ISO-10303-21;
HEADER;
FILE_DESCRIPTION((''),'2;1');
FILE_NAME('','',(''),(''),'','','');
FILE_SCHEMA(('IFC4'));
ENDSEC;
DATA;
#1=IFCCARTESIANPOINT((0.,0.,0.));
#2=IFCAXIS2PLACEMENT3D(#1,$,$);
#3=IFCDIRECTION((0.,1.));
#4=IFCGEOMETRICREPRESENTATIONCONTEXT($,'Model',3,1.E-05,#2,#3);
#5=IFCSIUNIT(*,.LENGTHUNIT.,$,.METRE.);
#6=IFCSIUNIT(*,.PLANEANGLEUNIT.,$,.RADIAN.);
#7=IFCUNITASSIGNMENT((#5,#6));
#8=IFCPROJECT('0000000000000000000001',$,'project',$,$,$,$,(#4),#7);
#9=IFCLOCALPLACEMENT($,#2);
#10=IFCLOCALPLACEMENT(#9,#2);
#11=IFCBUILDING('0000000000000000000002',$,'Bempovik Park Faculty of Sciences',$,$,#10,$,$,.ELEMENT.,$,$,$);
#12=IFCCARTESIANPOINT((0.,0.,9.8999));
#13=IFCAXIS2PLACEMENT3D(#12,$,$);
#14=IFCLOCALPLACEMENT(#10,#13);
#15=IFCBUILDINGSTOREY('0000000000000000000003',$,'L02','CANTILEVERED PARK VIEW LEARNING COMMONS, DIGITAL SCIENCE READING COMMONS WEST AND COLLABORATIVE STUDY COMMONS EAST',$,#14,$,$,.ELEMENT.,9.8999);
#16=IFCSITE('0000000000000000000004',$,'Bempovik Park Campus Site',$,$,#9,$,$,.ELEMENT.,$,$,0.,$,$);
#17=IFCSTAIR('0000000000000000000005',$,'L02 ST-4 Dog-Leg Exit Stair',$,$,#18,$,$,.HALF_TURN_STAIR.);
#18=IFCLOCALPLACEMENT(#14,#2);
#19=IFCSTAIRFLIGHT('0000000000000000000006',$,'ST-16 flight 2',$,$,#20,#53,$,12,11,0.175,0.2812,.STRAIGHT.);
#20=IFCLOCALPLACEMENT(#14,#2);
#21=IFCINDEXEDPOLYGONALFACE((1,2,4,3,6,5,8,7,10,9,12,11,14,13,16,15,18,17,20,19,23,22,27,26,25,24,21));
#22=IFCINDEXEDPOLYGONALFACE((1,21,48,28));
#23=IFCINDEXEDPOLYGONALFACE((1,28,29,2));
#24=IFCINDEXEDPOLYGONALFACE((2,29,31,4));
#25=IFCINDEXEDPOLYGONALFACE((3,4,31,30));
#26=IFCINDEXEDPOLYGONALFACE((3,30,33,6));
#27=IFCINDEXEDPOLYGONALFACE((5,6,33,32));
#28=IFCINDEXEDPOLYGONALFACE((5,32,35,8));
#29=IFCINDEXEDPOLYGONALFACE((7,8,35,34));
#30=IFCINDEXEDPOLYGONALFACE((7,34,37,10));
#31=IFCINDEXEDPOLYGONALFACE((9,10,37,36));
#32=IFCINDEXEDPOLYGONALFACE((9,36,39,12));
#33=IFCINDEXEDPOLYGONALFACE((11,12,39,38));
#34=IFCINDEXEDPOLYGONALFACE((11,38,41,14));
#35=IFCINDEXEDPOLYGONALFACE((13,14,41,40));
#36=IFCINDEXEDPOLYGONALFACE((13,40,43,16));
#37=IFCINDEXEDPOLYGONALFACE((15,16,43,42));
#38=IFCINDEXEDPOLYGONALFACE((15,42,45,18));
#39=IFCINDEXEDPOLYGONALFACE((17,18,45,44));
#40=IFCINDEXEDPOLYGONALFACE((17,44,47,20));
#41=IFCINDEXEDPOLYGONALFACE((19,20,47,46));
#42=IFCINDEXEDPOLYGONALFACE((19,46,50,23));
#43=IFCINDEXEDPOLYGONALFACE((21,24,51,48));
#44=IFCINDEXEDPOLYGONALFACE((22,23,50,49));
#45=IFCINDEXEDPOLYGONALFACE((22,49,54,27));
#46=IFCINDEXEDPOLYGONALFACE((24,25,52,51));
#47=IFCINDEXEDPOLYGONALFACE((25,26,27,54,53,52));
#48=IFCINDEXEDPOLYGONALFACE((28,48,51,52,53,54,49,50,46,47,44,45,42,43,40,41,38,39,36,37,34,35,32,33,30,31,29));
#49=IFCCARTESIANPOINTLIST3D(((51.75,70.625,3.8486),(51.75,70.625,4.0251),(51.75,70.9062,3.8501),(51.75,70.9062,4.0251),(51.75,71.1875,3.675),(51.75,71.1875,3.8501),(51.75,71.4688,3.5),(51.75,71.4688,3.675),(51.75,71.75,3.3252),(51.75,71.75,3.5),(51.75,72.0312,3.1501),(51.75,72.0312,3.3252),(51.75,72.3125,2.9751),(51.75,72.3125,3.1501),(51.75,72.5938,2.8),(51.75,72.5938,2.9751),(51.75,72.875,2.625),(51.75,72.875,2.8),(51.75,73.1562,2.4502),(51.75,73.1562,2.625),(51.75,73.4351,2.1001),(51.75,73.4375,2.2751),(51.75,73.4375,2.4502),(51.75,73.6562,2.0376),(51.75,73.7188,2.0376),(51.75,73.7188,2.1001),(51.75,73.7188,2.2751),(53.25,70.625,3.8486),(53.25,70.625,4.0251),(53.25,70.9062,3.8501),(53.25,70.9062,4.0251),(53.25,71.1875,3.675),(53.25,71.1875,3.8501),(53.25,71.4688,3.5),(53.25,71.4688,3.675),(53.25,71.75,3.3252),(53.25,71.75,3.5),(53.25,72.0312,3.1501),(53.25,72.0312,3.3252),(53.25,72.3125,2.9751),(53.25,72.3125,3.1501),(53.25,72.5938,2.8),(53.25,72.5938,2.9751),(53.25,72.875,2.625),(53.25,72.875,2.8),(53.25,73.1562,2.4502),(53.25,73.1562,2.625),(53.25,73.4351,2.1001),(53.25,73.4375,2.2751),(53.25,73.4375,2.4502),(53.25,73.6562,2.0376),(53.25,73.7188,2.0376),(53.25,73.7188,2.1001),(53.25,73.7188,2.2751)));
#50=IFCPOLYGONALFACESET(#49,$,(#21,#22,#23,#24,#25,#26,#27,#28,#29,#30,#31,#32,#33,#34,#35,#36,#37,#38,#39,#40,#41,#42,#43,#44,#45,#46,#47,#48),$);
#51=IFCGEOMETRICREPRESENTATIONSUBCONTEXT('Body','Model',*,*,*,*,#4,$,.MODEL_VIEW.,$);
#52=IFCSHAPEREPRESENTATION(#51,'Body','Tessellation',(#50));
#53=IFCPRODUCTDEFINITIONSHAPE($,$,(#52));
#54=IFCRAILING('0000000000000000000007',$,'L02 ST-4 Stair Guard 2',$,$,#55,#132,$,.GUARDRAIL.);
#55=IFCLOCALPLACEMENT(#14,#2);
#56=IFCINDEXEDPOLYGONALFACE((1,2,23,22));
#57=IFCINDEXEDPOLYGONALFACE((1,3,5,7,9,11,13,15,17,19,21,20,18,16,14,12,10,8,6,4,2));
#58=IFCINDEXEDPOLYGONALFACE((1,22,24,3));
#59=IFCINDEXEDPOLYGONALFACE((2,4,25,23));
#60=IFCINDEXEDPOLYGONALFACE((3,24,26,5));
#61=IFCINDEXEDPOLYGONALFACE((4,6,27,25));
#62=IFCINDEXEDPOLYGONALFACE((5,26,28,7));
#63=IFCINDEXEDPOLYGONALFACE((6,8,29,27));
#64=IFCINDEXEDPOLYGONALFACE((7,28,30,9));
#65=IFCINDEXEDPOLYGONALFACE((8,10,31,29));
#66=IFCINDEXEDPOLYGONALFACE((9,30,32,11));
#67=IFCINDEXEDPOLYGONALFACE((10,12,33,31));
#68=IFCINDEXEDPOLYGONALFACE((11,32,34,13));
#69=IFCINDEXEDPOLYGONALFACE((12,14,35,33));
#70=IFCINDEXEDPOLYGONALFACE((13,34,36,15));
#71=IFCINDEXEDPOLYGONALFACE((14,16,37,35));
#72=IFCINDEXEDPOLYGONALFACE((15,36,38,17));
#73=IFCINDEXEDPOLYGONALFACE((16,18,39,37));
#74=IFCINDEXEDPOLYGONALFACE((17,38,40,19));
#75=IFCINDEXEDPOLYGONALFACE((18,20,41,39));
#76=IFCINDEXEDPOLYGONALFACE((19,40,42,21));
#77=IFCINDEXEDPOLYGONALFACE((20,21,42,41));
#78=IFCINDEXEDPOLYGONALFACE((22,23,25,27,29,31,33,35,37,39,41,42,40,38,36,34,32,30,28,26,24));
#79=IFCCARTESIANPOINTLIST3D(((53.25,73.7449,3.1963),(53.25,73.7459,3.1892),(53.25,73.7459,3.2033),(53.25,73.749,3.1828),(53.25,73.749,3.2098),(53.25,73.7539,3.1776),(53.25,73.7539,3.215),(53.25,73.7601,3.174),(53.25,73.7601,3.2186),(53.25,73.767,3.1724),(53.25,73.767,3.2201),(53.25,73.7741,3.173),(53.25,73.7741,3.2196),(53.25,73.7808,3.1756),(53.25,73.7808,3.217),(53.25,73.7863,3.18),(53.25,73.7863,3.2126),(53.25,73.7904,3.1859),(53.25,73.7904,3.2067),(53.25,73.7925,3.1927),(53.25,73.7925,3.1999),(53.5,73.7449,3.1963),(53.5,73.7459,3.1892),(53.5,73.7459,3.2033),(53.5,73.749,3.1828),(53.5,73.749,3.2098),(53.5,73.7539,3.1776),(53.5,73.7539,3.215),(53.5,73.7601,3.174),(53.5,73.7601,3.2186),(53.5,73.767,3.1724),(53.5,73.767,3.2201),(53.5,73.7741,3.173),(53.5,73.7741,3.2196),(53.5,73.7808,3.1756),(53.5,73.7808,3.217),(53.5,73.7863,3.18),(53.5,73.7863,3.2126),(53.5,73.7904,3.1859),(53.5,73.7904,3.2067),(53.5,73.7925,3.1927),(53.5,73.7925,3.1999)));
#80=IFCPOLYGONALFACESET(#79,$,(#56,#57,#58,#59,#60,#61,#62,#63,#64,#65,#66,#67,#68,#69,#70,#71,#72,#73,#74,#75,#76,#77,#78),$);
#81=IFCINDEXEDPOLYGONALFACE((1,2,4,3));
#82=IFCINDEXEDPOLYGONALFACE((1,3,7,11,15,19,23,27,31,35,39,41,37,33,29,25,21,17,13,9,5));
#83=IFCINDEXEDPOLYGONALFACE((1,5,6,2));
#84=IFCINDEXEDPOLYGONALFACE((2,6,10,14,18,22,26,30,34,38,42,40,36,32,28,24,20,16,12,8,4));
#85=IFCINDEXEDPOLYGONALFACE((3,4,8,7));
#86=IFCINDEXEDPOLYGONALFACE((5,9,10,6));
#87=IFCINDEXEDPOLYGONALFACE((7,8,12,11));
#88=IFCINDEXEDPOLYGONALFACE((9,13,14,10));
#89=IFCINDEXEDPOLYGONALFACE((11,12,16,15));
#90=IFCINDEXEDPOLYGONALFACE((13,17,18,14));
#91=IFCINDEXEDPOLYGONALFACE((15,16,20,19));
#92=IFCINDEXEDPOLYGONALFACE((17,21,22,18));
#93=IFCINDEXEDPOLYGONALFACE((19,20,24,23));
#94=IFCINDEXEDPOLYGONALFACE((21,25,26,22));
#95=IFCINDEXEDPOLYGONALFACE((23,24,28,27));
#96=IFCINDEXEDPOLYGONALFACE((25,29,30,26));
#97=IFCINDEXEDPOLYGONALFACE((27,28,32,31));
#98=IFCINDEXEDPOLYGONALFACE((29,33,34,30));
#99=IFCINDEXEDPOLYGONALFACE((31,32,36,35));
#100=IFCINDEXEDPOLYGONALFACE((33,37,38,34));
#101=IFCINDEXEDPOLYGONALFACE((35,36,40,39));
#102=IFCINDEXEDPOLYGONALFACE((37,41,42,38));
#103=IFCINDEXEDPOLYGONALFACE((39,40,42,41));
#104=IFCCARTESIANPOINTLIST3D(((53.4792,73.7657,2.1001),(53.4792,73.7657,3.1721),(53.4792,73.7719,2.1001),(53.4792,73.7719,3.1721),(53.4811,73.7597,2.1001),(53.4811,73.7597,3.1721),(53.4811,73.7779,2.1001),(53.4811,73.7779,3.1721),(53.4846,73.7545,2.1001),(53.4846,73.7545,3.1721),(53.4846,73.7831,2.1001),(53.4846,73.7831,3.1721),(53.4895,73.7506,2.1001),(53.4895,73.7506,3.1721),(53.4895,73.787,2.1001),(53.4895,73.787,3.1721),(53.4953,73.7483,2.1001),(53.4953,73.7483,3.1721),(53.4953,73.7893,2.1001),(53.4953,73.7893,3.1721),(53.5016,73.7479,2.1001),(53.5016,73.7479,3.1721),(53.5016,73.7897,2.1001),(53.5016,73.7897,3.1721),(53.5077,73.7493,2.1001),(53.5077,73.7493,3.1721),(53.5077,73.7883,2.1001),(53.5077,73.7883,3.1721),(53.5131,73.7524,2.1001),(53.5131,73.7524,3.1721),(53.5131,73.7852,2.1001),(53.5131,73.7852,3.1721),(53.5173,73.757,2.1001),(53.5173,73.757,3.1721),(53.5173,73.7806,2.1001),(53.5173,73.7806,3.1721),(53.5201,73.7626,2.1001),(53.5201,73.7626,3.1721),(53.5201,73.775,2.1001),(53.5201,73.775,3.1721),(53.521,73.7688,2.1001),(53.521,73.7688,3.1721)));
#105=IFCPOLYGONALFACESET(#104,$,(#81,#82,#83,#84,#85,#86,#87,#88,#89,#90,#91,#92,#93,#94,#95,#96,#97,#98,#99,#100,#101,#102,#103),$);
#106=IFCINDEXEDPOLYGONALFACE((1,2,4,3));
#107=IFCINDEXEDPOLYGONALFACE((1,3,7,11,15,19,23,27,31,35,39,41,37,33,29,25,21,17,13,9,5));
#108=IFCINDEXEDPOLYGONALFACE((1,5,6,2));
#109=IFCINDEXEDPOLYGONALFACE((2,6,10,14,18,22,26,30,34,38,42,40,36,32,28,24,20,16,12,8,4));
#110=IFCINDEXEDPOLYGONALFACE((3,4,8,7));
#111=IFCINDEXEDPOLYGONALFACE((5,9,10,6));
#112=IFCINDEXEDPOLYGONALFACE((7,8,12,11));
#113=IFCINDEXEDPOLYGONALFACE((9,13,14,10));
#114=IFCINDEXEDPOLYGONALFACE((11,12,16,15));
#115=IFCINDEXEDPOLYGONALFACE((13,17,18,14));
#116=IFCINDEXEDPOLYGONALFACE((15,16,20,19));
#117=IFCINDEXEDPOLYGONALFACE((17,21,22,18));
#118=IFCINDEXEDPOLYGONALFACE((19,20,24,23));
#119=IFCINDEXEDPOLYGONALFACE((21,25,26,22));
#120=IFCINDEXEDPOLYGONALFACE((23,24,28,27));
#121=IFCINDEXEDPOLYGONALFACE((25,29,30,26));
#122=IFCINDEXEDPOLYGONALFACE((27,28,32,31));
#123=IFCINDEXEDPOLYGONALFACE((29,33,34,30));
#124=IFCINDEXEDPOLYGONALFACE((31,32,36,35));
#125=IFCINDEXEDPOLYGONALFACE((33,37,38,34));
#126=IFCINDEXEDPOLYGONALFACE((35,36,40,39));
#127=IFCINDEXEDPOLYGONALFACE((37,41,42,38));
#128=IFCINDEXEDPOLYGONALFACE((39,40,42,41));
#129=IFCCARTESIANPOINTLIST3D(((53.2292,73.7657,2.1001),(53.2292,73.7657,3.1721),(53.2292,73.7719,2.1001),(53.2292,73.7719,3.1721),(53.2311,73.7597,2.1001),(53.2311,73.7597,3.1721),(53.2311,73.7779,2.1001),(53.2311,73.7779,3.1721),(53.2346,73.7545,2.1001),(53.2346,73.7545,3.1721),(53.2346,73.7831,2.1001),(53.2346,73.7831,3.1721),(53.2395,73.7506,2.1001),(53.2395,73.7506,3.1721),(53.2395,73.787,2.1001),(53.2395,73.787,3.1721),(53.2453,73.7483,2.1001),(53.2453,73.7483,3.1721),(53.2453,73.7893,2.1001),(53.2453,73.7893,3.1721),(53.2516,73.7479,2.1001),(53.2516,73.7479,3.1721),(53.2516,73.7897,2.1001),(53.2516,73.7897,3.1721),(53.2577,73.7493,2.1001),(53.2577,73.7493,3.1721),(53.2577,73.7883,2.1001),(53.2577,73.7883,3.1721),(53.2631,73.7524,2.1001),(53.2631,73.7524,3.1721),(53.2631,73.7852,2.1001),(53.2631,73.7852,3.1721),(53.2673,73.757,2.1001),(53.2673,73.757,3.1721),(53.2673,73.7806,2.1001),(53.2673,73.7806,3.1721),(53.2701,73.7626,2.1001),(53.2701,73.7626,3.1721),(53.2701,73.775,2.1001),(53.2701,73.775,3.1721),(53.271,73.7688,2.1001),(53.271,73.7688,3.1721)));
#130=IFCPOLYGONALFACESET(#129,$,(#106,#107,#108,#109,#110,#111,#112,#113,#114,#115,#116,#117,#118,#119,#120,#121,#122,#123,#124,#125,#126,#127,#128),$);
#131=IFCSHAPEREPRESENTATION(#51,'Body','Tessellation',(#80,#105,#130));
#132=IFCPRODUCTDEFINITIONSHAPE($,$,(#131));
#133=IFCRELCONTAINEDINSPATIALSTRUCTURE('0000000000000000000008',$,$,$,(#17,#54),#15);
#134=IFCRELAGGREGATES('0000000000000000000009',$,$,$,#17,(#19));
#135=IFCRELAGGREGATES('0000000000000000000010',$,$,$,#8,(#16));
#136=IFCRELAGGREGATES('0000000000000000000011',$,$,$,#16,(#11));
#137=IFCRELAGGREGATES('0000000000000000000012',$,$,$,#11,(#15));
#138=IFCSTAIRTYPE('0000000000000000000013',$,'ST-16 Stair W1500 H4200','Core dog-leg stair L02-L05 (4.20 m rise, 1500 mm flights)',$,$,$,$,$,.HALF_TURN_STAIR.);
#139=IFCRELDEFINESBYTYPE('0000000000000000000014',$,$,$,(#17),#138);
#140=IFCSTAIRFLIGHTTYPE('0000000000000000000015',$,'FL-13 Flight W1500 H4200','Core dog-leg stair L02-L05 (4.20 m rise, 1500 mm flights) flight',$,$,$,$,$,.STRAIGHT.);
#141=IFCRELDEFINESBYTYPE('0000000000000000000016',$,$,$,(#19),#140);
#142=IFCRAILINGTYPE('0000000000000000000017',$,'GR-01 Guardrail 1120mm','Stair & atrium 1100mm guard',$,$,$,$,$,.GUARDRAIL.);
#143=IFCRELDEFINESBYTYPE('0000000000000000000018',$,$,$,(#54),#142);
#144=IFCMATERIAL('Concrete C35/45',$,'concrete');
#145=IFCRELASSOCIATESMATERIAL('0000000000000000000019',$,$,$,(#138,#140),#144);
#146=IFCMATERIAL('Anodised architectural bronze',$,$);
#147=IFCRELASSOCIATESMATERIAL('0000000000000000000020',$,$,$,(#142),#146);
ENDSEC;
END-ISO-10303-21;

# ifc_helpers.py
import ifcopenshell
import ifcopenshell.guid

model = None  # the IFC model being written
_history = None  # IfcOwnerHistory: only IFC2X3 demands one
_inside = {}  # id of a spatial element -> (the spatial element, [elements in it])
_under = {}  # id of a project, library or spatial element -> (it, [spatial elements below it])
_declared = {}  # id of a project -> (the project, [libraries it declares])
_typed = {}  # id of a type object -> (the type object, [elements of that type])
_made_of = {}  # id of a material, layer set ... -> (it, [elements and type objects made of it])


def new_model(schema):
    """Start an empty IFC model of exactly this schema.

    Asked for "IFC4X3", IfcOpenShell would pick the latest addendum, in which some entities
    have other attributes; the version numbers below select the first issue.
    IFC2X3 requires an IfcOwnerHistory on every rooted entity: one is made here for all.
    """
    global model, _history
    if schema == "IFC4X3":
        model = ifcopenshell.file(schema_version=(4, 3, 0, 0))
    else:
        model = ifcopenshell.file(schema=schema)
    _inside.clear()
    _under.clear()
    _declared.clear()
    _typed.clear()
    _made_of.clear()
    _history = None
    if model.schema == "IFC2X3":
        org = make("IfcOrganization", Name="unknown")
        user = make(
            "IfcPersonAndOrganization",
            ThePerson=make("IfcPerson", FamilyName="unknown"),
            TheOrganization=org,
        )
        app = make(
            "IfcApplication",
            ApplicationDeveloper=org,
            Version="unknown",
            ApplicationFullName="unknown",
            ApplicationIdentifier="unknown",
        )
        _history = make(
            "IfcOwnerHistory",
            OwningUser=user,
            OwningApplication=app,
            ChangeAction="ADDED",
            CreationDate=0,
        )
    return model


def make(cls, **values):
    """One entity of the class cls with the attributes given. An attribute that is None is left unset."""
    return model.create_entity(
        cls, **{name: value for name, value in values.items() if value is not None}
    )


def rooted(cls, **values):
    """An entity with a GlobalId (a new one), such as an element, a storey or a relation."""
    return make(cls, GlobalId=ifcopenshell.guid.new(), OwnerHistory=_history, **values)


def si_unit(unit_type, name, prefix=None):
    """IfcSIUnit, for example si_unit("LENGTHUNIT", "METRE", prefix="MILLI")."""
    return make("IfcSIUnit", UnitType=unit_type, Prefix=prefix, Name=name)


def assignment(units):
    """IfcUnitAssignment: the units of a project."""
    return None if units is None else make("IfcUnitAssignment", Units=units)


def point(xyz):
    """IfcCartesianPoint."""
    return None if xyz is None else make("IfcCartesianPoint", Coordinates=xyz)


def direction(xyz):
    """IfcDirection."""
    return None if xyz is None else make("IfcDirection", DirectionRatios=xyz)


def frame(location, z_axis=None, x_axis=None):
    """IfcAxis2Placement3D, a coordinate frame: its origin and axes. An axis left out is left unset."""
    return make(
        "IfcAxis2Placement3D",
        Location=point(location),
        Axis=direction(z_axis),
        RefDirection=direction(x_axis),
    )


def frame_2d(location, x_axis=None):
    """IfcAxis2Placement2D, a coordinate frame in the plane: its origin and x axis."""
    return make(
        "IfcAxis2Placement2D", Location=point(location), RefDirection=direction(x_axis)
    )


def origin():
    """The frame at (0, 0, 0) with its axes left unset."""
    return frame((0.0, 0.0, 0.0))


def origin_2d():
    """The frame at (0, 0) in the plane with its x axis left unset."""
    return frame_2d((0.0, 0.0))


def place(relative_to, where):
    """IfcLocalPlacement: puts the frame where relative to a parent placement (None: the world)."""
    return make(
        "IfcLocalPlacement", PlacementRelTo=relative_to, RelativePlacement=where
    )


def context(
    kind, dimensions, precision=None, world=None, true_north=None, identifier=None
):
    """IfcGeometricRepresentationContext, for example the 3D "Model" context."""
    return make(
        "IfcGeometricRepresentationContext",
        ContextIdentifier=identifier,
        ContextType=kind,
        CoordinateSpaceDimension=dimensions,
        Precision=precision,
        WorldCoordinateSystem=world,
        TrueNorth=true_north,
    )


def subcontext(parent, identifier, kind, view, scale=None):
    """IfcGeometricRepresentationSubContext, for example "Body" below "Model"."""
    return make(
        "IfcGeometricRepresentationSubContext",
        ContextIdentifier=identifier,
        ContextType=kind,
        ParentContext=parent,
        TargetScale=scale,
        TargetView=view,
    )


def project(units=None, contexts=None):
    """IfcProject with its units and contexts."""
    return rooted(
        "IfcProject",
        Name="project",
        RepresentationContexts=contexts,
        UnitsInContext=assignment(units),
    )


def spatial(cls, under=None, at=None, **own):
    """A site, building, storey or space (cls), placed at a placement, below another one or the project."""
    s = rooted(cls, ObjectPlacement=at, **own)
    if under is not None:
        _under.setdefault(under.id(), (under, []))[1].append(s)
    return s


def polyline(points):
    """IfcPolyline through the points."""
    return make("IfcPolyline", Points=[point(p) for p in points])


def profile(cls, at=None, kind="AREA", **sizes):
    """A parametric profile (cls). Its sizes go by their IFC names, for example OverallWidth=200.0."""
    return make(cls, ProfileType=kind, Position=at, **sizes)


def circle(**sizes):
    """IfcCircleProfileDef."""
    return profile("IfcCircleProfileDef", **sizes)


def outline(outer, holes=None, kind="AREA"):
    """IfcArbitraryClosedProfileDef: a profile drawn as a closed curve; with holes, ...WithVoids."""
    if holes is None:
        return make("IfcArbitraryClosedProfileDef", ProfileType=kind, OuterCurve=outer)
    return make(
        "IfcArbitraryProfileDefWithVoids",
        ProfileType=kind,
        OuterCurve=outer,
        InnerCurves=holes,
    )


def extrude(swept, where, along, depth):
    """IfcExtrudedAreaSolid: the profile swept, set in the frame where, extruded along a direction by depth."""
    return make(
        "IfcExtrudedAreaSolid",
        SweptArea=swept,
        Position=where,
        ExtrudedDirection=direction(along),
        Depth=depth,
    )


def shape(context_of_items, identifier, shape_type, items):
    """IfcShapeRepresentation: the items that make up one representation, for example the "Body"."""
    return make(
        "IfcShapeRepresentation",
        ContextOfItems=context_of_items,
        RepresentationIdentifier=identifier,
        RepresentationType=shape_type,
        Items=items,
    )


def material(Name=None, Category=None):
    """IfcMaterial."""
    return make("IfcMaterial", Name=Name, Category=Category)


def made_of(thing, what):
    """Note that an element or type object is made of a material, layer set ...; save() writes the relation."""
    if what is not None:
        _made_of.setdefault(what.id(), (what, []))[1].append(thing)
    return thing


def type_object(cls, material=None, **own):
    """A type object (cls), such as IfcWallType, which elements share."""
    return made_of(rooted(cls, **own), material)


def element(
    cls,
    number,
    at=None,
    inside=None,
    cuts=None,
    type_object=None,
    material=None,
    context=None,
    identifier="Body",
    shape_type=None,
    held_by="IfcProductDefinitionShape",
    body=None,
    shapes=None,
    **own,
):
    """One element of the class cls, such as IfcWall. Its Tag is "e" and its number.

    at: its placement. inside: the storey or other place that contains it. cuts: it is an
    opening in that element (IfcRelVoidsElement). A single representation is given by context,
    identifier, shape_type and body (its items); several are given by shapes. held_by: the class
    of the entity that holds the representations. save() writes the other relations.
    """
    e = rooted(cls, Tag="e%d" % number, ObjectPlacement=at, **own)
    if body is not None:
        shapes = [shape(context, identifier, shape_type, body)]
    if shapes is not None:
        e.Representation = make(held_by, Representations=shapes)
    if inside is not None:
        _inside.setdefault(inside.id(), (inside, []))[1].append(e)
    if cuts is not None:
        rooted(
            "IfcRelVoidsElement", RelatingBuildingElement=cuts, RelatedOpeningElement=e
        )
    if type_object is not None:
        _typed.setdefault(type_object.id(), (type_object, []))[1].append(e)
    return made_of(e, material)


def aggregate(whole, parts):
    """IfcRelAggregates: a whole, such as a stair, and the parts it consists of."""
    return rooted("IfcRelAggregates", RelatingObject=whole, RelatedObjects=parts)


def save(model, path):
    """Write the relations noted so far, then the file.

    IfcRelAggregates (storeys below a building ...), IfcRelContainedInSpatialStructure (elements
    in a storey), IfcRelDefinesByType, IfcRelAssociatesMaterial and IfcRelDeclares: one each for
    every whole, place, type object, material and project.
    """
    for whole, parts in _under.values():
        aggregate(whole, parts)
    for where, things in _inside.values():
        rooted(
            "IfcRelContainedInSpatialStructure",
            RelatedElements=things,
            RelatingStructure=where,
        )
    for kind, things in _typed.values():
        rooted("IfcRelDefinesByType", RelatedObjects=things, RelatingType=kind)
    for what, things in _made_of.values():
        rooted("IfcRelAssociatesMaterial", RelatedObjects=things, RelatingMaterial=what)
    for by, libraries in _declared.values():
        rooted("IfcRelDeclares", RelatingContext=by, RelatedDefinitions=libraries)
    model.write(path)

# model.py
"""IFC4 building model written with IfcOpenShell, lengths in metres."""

from ifc_helpers import new_model, si_unit, direction, frame, origin, origin_2d, place, context, subcontext, project, spatial, polyline, circle, outline, extrude, material, type_object, element, aggregate, save


model = new_model("IFC4")

# Units and contexts
model_context = context("Model", 3, precision=1e-05, world=origin(), true_north=direction((0.0, 1.0)))
body_context = subcontext(model_context, "Body", "Model", "MODEL_VIEW")
ifc_project = project(units=[si_unit("LENGTHUNIT", "METRE"), si_unit("PLANEANGLEUNIT", "RADIAN")], contexts=[model_context])

# Site, building, storey
site_placement = place(None, origin())
site = spatial("IfcSite", under=ifc_project, at=site_placement, Name="Bempovik Park Campus Site", CompositionType="ELEMENT", RefElevation=0.0)
building_placement = place(site_placement, origin())
building = spatial("IfcBuilding", under=site, at=building_placement, Name="Bempovik Park Faculty of Sciences", CompositionType="ELEMENT")
storey_placement = place(building_placement, frame((0.0, 0.0, 9.8999)))
storey = spatial("IfcBuildingStorey", under=building, at=storey_placement, Name="L02", Description="CANTILEVERED PARK VIEW LEARNING COMMONS, DIGITAL SCIENCE READING COMMONS WEST AND COLLABORATIVE STUDY COMMONS EAST", CompositionType="ELEMENT", Elevation=9.8999)

# Shared definitions
ifc_material_1 = material(Name="Concrete C35/45", Category="concrete")

# Shared definitions
ifc_material_2 = material(Name="Anodised architectural bronze")

# Stair, stair flight
stair_type = type_object("IfcStairType", Name="ST-16 Stair W1500 H4200", Description="Core dog-leg stair L02-L05 (4.20 m rise, 1500 mm flights)", PredefinedType="HALF_TURN_STAIR", material=ifc_material_1)
stair_placement = place(storey_placement, origin())
stair = element("IfcStair", 1, at=stair_placement, inside=storey, type_object=stair_type, Name="L02 ST-4 Dog-Leg Exit Stair", PredefinedType="HALF_TURN_STAIR")
stair_flight_type = type_object("IfcStairFlightType", Name="FL-13 Flight W1500 H4200", Description="Core dog-leg stair L02-L05 (4.20 m rise, 1500 mm flights) flight", PredefinedType="STRAIGHT", material=ifc_material_1)
stair_flight_placement = place(storey_placement, frame((52.5, 73.7188, 2.1001), z_axis=(0.0, 0.0, 1.0), x_axis=(0.0, -1.0, 0.0)))
stair_flight = element("IfcStairFlight", 2, at=stair_flight_placement, type_object=stair_flight_type, Name="ST-16 flight 2", NumberOfRisers=12, NumberOfTreads=11, PredefinedType="STRAIGHT", RiserHeight=0.175, TreadLength=0.2812, context=body_context, shape_type="SweptSolid", body=[
    extrude(outline(polyline([(0.0, 0.0), (0.0, 0.175), (0.2812, 0.175), (0.2812, 0.3501), (0.5625, 0.3501), (0.5625, 0.5249), (0.8438, 0.5249), (0.8438, 0.7), (1.125, 0.7), (1.125, 0.875), (1.4062, 0.875), (1.4062, 1.05), (1.6875, 1.05), (1.6875, 1.2251), (1.9688, 1.2251), (1.9688, 1.3999), (2.25, 1.3999), (2.25, 1.575), (2.5312, 1.575), (2.5312, 1.75), (2.8125, 1.75), (2.8125, 1.925), (3.0938, 1.925), (3.0938, 2.1001), (3.0938, 1.7485), (0.2837, 0.0), (0.0625, -0.0625), (0.0, -0.0625), (0.0, 0.0)])), frame((0.0, 0.75, 0.0), z_axis=(0.0, -1.0, 0.0), x_axis=(1.0, 0.0, 0.0)), (0.0, 0.0, 1.0), 1.5),
])
aggregate(stair, [stair_flight])

# Railing
railing_type_1 = type_object("IfcRailingType", Name="GR-01 Guardrail 1120mm", Description="Stair & atrium 1100mm guard", PredefinedType="GUARDRAIL", material=ifc_material_2)
railing_1_placement = place(storey_placement, frame((53.5, 73.7688, 2.1001)))
element("IfcRailing", 3, at=railing_1_placement, inside=storey, type_object=railing_type_1, Name="L02 ST-4 Stair Guard 2", PredefinedType="GUARDRAIL", context=body_context, shape_type="SweptSolid", body=[
    extrude(circle(Radius=0.0239, at=origin_2d()), frame((0.0, 0.0, 1.0962), z_axis=(-1.0, 0.0, 0.0), x_axis=(0.0, -1.0, 0.0)), (0.0, 0.0, 1.0), 0.25),
    extrude(circle(Radius=0.021, at=origin_2d()), origin(), (0.0, 0.0, 1.0), 1.072),
    extrude(circle(Radius=0.021, at=origin_2d()), frame((-0.25, 0.0, 0.0)), (0.0, 0.0, 1.0), 1.072),
])

save(model, "model.ifc")
